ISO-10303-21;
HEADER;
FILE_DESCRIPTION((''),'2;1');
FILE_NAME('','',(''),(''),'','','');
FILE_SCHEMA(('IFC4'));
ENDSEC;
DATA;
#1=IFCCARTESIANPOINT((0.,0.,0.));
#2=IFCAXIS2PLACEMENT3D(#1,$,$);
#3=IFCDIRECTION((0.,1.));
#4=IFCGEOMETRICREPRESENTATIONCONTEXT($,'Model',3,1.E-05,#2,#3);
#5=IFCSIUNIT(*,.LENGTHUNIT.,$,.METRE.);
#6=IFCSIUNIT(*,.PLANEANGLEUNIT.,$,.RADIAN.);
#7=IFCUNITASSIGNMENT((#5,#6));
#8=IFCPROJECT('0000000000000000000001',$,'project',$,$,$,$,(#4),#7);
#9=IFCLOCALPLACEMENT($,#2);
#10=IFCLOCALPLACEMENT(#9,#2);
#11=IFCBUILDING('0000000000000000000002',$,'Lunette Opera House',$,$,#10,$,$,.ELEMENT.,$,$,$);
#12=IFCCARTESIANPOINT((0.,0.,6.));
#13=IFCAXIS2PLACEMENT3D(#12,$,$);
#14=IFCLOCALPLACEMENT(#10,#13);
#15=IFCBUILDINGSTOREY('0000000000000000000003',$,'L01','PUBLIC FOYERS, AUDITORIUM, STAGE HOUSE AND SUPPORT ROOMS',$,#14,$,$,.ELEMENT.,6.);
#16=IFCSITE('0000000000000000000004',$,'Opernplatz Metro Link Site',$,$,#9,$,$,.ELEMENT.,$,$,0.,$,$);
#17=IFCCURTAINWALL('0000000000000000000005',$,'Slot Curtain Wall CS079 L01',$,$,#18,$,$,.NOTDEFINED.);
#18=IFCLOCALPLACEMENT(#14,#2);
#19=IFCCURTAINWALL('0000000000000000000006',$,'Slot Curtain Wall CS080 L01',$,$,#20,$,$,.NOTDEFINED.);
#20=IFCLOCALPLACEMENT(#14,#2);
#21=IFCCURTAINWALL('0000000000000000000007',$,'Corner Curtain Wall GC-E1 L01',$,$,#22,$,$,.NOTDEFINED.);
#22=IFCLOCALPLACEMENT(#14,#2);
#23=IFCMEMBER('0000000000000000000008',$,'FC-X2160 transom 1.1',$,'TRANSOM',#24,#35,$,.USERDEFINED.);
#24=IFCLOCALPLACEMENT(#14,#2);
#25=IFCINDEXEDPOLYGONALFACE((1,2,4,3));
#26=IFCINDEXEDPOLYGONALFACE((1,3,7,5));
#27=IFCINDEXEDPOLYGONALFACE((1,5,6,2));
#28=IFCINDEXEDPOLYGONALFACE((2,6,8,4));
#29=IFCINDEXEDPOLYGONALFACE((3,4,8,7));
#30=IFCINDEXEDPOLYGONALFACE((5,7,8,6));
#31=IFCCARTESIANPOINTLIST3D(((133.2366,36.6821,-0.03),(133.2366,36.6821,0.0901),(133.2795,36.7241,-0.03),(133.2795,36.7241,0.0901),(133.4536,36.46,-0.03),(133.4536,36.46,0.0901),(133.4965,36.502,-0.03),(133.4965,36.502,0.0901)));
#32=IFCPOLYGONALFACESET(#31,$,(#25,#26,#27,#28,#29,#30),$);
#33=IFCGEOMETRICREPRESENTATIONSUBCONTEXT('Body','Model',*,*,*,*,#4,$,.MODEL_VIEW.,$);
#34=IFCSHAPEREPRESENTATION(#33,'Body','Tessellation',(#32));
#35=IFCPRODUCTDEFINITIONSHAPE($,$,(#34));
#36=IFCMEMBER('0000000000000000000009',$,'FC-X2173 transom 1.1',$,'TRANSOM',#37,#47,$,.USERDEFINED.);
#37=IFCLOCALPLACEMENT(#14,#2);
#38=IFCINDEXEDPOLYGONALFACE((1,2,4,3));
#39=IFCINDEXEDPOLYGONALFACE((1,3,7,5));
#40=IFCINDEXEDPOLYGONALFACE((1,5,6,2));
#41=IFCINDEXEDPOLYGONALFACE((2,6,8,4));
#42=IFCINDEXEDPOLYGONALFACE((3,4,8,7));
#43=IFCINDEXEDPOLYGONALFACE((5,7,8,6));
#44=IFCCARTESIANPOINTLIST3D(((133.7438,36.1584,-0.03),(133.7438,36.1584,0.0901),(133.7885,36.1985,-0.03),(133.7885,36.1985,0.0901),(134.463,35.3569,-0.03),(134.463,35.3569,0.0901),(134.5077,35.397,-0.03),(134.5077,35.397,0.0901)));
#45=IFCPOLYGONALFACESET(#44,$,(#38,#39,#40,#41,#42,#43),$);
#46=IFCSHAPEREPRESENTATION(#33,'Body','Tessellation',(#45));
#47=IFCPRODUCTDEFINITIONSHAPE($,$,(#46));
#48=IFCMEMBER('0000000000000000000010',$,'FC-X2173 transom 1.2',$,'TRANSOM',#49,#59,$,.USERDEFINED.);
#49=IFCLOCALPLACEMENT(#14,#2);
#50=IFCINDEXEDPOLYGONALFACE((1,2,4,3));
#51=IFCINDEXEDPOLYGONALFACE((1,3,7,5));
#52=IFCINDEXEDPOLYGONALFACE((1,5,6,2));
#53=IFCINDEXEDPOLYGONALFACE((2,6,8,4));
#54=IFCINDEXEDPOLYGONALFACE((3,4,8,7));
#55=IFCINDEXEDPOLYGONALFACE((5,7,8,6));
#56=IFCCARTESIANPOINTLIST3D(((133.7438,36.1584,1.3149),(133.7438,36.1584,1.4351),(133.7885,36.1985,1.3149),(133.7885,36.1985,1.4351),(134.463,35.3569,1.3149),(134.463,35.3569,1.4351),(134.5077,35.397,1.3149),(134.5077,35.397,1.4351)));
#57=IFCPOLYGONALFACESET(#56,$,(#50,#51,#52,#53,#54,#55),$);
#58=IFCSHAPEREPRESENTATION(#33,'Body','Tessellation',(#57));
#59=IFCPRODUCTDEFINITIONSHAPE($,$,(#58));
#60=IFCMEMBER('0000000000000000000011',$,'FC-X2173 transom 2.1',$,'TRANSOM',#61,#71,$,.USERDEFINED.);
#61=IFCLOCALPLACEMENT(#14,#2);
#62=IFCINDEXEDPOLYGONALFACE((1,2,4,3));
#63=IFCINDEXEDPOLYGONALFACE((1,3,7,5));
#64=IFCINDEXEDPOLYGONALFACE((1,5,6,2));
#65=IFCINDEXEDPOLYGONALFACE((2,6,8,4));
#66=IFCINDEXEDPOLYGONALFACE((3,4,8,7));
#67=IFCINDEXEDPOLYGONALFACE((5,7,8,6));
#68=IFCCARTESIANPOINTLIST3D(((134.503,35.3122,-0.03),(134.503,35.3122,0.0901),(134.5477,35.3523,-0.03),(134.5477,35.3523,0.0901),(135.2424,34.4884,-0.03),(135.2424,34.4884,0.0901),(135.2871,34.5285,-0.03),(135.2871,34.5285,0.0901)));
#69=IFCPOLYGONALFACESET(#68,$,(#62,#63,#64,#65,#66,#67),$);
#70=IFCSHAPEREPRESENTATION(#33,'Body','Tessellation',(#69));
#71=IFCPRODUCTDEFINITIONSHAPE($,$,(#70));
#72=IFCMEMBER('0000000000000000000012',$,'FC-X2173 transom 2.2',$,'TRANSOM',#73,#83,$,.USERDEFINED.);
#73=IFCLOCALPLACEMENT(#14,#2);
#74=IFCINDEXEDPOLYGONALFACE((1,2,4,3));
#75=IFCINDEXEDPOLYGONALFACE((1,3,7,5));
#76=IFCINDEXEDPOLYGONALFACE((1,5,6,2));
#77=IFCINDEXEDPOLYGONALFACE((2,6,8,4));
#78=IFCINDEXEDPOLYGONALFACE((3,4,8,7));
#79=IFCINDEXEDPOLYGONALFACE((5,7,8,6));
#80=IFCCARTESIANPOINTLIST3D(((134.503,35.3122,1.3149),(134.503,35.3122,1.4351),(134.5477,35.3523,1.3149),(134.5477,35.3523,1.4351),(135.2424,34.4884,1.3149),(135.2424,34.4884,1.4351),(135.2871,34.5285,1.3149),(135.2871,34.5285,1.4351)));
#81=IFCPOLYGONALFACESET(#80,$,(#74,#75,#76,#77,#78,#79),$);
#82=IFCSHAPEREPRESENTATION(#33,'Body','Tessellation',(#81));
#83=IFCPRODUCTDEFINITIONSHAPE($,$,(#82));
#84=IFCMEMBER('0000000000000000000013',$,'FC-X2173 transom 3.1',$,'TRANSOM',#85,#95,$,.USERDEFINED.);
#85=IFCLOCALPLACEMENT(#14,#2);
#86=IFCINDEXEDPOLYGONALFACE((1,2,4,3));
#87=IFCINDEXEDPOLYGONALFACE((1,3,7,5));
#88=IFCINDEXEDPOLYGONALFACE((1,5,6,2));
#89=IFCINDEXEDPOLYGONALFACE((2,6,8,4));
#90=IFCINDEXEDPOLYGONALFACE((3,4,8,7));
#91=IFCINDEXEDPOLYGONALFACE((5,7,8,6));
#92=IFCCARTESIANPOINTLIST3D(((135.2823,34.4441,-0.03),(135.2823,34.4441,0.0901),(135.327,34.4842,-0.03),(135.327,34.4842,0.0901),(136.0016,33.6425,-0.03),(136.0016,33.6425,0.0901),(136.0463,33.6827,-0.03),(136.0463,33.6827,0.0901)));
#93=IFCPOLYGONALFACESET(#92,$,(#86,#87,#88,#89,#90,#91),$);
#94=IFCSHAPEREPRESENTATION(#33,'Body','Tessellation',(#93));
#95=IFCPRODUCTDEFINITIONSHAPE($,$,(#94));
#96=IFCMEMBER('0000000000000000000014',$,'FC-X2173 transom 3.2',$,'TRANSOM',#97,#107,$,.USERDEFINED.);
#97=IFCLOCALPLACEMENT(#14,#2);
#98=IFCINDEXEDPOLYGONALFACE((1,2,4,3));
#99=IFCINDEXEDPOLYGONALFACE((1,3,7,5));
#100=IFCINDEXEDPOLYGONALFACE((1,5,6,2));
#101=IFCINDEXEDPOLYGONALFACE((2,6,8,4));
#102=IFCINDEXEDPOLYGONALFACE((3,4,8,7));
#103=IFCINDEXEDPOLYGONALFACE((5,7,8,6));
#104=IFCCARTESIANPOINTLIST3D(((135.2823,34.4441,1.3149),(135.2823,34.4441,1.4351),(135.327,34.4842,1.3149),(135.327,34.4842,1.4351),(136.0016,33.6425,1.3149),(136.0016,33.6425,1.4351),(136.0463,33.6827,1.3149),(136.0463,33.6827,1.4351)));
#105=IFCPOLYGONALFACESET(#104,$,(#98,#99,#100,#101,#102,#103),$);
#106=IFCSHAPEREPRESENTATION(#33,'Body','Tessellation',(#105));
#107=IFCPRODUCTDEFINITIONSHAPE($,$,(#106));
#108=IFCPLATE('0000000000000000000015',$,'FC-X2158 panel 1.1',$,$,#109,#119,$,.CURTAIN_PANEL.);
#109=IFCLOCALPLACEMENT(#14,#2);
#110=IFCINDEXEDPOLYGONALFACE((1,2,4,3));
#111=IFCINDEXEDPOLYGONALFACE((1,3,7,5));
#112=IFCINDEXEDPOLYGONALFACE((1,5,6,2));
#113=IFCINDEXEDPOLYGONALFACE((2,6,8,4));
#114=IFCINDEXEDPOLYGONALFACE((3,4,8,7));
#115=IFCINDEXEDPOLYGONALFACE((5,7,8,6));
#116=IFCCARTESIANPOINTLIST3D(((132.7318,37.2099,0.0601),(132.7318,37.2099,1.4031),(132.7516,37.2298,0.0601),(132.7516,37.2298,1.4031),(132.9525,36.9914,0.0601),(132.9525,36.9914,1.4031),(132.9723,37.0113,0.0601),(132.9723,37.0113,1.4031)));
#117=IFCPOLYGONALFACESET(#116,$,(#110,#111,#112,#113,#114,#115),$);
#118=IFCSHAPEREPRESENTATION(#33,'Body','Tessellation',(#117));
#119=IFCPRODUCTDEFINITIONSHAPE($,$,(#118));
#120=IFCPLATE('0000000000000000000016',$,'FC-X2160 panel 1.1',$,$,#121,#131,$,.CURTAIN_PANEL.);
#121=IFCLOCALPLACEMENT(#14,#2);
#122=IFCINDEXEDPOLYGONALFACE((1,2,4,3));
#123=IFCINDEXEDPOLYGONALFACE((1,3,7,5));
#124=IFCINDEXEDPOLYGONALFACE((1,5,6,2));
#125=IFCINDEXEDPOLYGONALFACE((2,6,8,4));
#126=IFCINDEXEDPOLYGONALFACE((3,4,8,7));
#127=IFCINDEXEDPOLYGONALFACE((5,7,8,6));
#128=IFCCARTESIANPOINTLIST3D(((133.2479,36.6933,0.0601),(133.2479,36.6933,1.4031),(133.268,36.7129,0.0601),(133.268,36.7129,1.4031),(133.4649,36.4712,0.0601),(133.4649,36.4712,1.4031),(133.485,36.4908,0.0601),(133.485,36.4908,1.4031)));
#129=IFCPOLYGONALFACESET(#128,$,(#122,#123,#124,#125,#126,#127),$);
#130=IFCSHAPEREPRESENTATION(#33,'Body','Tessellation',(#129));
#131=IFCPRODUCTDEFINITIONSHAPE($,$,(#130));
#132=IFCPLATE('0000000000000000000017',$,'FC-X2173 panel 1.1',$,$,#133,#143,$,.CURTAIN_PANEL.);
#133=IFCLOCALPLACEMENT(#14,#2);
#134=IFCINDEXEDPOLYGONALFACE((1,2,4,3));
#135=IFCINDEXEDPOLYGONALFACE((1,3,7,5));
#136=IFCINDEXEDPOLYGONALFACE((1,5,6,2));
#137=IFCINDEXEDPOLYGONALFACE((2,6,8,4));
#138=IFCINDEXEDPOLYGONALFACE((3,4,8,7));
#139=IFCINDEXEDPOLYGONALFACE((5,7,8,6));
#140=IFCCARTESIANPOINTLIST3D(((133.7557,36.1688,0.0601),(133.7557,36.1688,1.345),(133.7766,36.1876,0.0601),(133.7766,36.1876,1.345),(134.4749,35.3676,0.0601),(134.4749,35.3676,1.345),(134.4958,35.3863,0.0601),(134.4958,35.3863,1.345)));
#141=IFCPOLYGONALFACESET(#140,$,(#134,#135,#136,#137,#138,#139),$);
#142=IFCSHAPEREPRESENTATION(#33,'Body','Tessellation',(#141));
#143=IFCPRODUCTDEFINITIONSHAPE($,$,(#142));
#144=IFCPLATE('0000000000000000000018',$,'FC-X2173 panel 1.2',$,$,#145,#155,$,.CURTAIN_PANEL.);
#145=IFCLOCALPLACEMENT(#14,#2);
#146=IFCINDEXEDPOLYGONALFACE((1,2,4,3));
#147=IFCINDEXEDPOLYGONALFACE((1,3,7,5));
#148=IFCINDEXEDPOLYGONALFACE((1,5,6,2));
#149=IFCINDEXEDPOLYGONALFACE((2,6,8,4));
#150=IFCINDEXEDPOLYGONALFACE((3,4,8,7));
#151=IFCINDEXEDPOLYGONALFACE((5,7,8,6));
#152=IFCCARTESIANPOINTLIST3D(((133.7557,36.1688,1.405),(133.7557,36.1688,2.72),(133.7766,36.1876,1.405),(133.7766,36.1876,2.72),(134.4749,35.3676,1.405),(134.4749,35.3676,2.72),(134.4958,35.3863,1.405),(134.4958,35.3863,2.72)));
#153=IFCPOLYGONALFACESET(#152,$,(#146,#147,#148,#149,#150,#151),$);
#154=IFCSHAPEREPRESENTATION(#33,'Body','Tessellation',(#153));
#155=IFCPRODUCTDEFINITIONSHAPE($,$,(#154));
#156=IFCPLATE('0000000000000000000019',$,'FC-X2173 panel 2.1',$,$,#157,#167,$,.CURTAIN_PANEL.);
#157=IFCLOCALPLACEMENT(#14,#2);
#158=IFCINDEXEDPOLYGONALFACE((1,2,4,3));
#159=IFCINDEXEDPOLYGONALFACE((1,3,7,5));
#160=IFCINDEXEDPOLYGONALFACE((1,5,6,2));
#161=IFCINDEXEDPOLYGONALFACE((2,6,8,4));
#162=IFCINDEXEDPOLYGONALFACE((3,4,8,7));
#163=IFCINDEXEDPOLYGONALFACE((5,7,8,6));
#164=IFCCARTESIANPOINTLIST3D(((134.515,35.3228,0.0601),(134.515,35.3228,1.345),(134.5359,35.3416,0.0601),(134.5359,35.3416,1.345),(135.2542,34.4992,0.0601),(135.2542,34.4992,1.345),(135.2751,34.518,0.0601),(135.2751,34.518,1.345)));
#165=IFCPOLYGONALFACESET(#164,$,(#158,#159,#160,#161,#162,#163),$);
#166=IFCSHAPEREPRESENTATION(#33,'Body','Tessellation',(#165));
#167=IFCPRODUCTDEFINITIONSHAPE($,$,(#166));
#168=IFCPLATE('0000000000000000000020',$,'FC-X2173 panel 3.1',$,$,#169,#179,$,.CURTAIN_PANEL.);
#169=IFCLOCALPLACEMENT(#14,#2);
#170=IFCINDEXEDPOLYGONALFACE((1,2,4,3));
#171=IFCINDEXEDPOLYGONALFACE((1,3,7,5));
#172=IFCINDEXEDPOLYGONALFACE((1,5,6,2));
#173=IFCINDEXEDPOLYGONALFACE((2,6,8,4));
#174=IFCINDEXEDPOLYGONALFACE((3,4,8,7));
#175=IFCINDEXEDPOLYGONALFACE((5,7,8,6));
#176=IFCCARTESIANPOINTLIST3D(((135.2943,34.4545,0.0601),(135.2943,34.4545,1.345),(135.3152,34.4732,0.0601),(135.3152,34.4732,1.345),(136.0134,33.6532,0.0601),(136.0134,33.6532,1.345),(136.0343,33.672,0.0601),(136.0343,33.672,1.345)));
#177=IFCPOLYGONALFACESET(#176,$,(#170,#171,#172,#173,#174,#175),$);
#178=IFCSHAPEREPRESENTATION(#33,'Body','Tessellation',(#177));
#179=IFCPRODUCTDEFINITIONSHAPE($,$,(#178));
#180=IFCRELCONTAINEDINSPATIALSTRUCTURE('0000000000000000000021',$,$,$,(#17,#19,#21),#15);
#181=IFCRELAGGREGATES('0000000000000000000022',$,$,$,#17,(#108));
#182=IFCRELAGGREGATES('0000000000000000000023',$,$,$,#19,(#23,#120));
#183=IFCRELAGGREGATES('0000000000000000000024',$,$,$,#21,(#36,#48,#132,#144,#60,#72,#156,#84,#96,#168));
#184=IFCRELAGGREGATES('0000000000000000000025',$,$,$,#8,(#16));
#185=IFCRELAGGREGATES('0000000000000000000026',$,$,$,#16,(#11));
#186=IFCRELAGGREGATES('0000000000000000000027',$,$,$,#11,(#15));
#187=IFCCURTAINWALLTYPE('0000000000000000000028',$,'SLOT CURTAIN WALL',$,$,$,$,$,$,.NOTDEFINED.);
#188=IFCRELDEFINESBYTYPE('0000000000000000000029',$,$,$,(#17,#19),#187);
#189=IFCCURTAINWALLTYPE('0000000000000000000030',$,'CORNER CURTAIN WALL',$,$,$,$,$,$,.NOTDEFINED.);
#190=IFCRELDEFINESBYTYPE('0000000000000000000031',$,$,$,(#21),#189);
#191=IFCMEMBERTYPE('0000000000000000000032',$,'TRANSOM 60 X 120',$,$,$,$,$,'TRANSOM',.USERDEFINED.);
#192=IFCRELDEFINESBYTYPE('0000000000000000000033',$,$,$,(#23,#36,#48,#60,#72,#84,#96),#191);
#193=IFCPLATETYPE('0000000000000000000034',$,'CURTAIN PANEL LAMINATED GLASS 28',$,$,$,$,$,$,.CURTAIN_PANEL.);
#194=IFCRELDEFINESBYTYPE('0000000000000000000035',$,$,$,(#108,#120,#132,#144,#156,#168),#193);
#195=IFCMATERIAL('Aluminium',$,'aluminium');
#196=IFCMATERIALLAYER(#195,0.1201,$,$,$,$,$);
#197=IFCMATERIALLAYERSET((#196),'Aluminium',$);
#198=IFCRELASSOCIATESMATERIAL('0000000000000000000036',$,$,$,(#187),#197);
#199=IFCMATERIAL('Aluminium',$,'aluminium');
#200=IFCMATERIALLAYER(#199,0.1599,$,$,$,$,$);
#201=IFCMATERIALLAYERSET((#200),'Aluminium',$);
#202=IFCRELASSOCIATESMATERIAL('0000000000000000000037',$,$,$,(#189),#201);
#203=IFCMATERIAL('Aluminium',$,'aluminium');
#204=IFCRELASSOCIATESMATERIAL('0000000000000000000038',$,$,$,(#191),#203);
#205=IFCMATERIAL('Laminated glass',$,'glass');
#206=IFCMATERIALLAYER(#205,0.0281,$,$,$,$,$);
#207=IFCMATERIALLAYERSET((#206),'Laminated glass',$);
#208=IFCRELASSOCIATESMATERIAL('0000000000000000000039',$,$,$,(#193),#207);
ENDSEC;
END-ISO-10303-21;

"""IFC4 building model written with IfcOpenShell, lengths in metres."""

from ifc_helpers import new_model, si_unit, direction, frame, origin, origin_2d, place, context, subcontext, project, spatial, rectangle, extrude, material, layer, layer_set, material_profile, profile_set, type_object, element, aggregate, save


model = new_model("IFC4")

# Units and contexts
model_context = context("Model", 3, precision=1e-05, world=origin(), true_north=direction((0.0, 1.0)))
body_context = subcontext(model_context, "Body", "Model", "MODEL_VIEW")
ifc_project = project(units=[si_unit("LENGTHUNIT", "METRE"), si_unit("PLANEANGLEUNIT", "RADIAN")], contexts=[model_context])

# Site, building, storey
site_placement = place(None, origin())
site = spatial("IfcSite", under=ifc_project, at=site_placement, Name="Opernplatz Metro Link Site", CompositionType="ELEMENT", RefElevation=0.0)
building_placement = place(site_placement, origin())
building = spatial("IfcBuilding", under=site, at=building_placement, Name="Lunette Opera House", CompositionType="ELEMENT")
storey_placement = place(building_placement, frame((0.0, 0.0, 6.0)))
storey = spatial("IfcBuildingStorey", under=building, at=storey_placement, Name="L01", Description="PUBLIC FOYERS, AUDITORIUM, STAGE HOUSE AND SUPPORT ROOMS", CompositionType="ELEMENT", Elevation=6.0)

# Shared definitions
ifc_material_1 = material(Name="Aluminium", Category="aluminium")
ifc_layer_1 = layer(ifc_material_1, 0.1201)
ifc_layer_set_1 = layer_set([ifc_layer_1], Name="Aluminium")
curtain_wall_type_1 = type_object("IfcCurtainWallType", Name="SLOT CURTAIN WALL", PredefinedType="NOTDEFINED", material=ifc_layer_set_1)

# Curtain walls
curtain_wall_1_placement = place(storey_placement, origin())
curtain_wall_1 = element("IfcCurtainWall", 1, at=curtain_wall_1_placement, inside=storey, type_object=curtain_wall_type_1, Name="Slot Curtain Wall CS079 L01", PredefinedType="NOTDEFINED")
curtain_wall_2_placement = place(storey_placement, origin())
curtain_wall_2 = element("IfcCurtainWall", 2, at=curtain_wall_2_placement, inside=storey, type_object=curtain_wall_type_1, Name="Slot Curtain Wall CS080 L01", PredefinedType="NOTDEFINED")
ifc_material_2 = material(Name="Aluminium", Category="aluminium")
ifc_layer_2 = layer(ifc_material_2, 0.1599)
ifc_layer_set_2 = layer_set([ifc_layer_2], Name="Aluminium")
curtain_wall_type_2 = type_object("IfcCurtainWallType", Name="CORNER CURTAIN WALL", PredefinedType="NOTDEFINED", material=ifc_layer_set_2)
curtain_wall_3_placement = place(storey_placement, origin())
curtain_wall_3 = element("IfcCurtainWall", 3, at=curtain_wall_3_placement, inside=storey, type_object=curtain_wall_type_2, Name="Corner Curtain Wall GC-E1 L01", PredefinedType="NOTDEFINED")

# Members
ifc_material_3 = material(Name="Aluminium", Category="aluminium")
ifc_material_profile_1 = material_profile(ifc_material_3, rectangle(XDim=0.0601, YDim=0.1201, at=origin_2d()), Name="TRANSOM 60 X 120")
ifc_profile_set_1 = profile_set([ifc_material_profile_1], Name="Aluminium")
member_type_1 = type_object("IfcMemberType", Name="TRANSOM 60 X 120", ElementType="TRANSOM", PredefinedType="USERDEFINED", material=ifc_profile_set_1)
member_1_placement = place(storey_placement, frame((133.2581, 36.7031, 0.03), z_axis=(0.698805, -0.715312, 0.0), x_axis=(0.715312, 0.698805, 0.0)))
member_1 = element("IfcMember", 4, at=member_1_placement, type_object=member_type_1, Name="FC-X2160 transom 1.1", ObjectType="TRANSOM", PredefinedType="USERDEFINED", context=body_context, shape_type="SweptSolid", body=[
    extrude(rectangle(XDim=0.0601, YDim=0.1201, at=origin_2d()), origin(), (0.0, 0.0, 1.0), 0.3105),
])
member_2_placement = place(storey_placement, frame((133.7661, 36.1785, 0.03), z_axis=(0.667874, -0.744274, 0.0), x_axis=(0.744274, 0.667874, 0.0)))
member_2 = element("IfcMember", 5, at=member_2_placement, type_object=member_type_1, Name="FC-X2173 transom 1.1", ObjectType="TRANSOM", PredefinedType="USERDEFINED", context=body_context, shape_type="SweptSolid", body=[
    extrude(rectangle(XDim=0.0601, YDim=0.1201, at=origin_2d()), origin(), (0.0, 0.0, 1.0), 1.0769),
])
member_3_placement = place(storey_placement, frame((133.7661, 36.1785, 1.375), z_axis=(0.667874, -0.744274, 0.0), x_axis=(0.744274, 0.667874, 0.0)))
member_3 = element("IfcMember", 6, at=member_3_placement, type_object=member_type_1, Name="FC-X2173 transom 1.2", ObjectType="TRANSOM", PredefinedType="USERDEFINED", context=body_context, shape_type="SweptSolid", body=[
    extrude(rectangle(XDim=0.0601, YDim=0.1201, at=origin_2d()), origin(), (0.0, 0.0, 1.0), 1.0769),
])
member_4_placement = place(storey_placement, frame((134.5254, 35.3323, 0.03), z_axis=(0.667916, -0.744237, 0.0), x_axis=(0.744237, 0.667916, 0.0)))
member_4 = element("IfcMember", 7, at=member_4_placement, type_object=member_type_1, Name="FC-X2173 transom 2.1", ObjectType="TRANSOM", PredefinedType="USERDEFINED", context=body_context, shape_type="SweptSolid", body=[
    extrude(rectangle(XDim=0.0601, YDim=0.1201, at=origin_2d()), origin(), (0.0, 0.0, 1.0), 1.1069),
])
member_5_placement = place(storey_placement, frame((134.5254, 35.3323, 1.375), z_axis=(0.667916, -0.744237, 0.0), x_axis=(0.744237, 0.667916, 0.0)))
member_5 = element("IfcMember", 8, at=member_5_placement, type_object=member_type_1, Name="FC-X2173 transom 2.2", ObjectType="TRANSOM", PredefinedType="USERDEFINED", context=body_context, shape_type="SweptSolid", body=[
    extrude(rectangle(XDim=0.0601, YDim=0.1201, at=origin_2d()), origin(), (0.0, 0.0, 1.0), 1.1069),
])
member_6_placement = place(storey_placement, frame((135.3047, 34.4641, 0.03), z_axis=(0.667874, -0.744274, 0.0), x_axis=(0.744274, 0.667874, 0.0)))
member_6 = element("IfcMember", 9, at=member_6_placement, type_object=member_type_1, Name="FC-X2173 transom 3.1", ObjectType="TRANSOM", PredefinedType="USERDEFINED", context=body_context, shape_type="SweptSolid", body=[
    extrude(rectangle(XDim=0.0601, YDim=0.1201, at=origin_2d()), origin(), (0.0, 0.0, 1.0), 1.0769),
])
member_7_placement = place(storey_placement, frame((135.3047, 34.4641, 1.375), z_axis=(0.667874, -0.744274, 0.0), x_axis=(0.744274, 0.667874, 0.0)))
member_7 = element("IfcMember", 10, at=member_7_placement, type_object=member_type_1, Name="FC-X2173 transom 3.2", ObjectType="TRANSOM", PredefinedType="USERDEFINED", context=body_context, shape_type="SweptSolid", body=[
    extrude(rectangle(XDim=0.0601, YDim=0.1201, at=origin_2d()), origin(), (0.0, 0.0, 1.0), 1.0769),
])

# Plates
ifc_material_4 = material(Name="Laminated glass", Category="glass")
ifc_layer_3 = layer(ifc_material_4, 0.0281)
ifc_layer_set_3 = layer_set([ifc_layer_3], Name="Laminated glass")
plate_type = type_object("IfcPlateType", Name="CURTAIN PANEL LAMINATED GLASS 28", PredefinedType="CURTAIN_PANEL", material=ifc_layer_set_3)
plate_1_placement = place(storey_placement, frame((132.8521, 37.1106, 0.0601), z_axis=(0.0, 0.0, 1.0), x_axis=(0.710581, -0.703615, 0.0)))
plate_1 = element("IfcPlate", 11, at=plate_1_placement, type_object=plate_type, Name="FC-X2158 panel 1.1", PredefinedType="CURTAIN_PANEL", context=body_context, shape_type="SweptSolid", body=[
    extrude(rectangle(XDim=0.3105, YDim=0.0281, at=origin_2d()), origin(), (0.0, 0.0, 1.0), 1.343),
])
aggregate(curtain_wall_1, [plate_1])
plate_2_placement = place(storey_placement, frame((133.3665, 36.592, 0.0601), z_axis=(0.0, 0.0, 1.0), x_axis=(0.698933, -0.715187, 0.0)))
plate_2 = element("IfcPlate", 12, at=plate_2_placement, type_object=plate_type, Name="FC-X2160 panel 1.1", PredefinedType="CURTAIN_PANEL", context=body_context, shape_type="SweptSolid", body=[
    extrude(rectangle(XDim=0.3105, YDim=0.0281, at=origin_2d()), origin(), (0.0, 0.0, 1.0), 1.343),
])
aggregate(curtain_wall_2, [member_1, plate_2])
plate_3_placement = place(storey_placement, frame((134.1257, 35.7776, 0.0601), z_axis=(0.0, 0.0, 1.0), x_axis=(0.667938, -0.744217, 0.0)))
plate_3 = element("IfcPlate", 13, at=plate_3_placement, type_object=plate_type, Name="FC-X2173 panel 1.1", PredefinedType="CURTAIN_PANEL", context=body_context, shape_type="SweptSolid", body=[
    extrude(rectangle(XDim=1.0767, YDim=0.0281, at=origin_2d()), origin(), (0.0, 0.0, 1.0), 1.2849),
])
plate_4_placement = place(storey_placement, frame((134.1257, 35.7776, 1.405), z_axis=(0.0, 0.0, 1.0), x_axis=(0.667938, -0.744217, 0.0)))
plate_4 = element("IfcPlate", 14, at=plate_4_placement, type_object=plate_type, Name="FC-X2173 panel 1.2", PredefinedType="CURTAIN_PANEL", context=body_context, shape_type="SweptSolid", body=[
    extrude(rectangle(XDim=1.0767, YDim=0.0281, at=origin_2d()), origin(), (0.0, 0.0, 1.0), 1.3149),
])
plate_5_placement = place(storey_placement, frame((134.895, 34.9204, 0.0601), z_axis=(0.0, 0.0, 1.0), x_axis=(0.667938, -0.744217, 0.0)))
plate_5 = element("IfcPlate", 15, at=plate_5_placement, type_object=plate_type, Name="FC-X2173 panel 2.1", PredefinedType="CURTAIN_PANEL", context=body_context, shape_type="SweptSolid", body=[
    extrude(rectangle(XDim=1.1067, YDim=0.0281, at=origin_2d()), origin(), (0.0, 0.0, 1.0), 1.2849),
])
plate_6_placement = place(storey_placement, frame((135.6643, 34.0632, 0.0601), z_axis=(0.0, 0.0, 1.0), x_axis=(0.667938, -0.744217, 0.0)))
plate_6 = element("IfcPlate", 16, at=plate_6_placement, type_object=plate_type, Name="FC-X2173 panel 3.1", PredefinedType="CURTAIN_PANEL", context=body_context, shape_type="SweptSolid", body=[
    extrude(rectangle(XDim=1.0767, YDim=0.0281, at=origin_2d()), origin(), (0.0, 0.0, 1.0), 1.2849),
])
aggregate(curtain_wall_3, [member_2, member_3, plate_3, plate_4, member_4, member_5, plate_5, member_6, member_7, plate_6])

save(model, "model.ifc")
